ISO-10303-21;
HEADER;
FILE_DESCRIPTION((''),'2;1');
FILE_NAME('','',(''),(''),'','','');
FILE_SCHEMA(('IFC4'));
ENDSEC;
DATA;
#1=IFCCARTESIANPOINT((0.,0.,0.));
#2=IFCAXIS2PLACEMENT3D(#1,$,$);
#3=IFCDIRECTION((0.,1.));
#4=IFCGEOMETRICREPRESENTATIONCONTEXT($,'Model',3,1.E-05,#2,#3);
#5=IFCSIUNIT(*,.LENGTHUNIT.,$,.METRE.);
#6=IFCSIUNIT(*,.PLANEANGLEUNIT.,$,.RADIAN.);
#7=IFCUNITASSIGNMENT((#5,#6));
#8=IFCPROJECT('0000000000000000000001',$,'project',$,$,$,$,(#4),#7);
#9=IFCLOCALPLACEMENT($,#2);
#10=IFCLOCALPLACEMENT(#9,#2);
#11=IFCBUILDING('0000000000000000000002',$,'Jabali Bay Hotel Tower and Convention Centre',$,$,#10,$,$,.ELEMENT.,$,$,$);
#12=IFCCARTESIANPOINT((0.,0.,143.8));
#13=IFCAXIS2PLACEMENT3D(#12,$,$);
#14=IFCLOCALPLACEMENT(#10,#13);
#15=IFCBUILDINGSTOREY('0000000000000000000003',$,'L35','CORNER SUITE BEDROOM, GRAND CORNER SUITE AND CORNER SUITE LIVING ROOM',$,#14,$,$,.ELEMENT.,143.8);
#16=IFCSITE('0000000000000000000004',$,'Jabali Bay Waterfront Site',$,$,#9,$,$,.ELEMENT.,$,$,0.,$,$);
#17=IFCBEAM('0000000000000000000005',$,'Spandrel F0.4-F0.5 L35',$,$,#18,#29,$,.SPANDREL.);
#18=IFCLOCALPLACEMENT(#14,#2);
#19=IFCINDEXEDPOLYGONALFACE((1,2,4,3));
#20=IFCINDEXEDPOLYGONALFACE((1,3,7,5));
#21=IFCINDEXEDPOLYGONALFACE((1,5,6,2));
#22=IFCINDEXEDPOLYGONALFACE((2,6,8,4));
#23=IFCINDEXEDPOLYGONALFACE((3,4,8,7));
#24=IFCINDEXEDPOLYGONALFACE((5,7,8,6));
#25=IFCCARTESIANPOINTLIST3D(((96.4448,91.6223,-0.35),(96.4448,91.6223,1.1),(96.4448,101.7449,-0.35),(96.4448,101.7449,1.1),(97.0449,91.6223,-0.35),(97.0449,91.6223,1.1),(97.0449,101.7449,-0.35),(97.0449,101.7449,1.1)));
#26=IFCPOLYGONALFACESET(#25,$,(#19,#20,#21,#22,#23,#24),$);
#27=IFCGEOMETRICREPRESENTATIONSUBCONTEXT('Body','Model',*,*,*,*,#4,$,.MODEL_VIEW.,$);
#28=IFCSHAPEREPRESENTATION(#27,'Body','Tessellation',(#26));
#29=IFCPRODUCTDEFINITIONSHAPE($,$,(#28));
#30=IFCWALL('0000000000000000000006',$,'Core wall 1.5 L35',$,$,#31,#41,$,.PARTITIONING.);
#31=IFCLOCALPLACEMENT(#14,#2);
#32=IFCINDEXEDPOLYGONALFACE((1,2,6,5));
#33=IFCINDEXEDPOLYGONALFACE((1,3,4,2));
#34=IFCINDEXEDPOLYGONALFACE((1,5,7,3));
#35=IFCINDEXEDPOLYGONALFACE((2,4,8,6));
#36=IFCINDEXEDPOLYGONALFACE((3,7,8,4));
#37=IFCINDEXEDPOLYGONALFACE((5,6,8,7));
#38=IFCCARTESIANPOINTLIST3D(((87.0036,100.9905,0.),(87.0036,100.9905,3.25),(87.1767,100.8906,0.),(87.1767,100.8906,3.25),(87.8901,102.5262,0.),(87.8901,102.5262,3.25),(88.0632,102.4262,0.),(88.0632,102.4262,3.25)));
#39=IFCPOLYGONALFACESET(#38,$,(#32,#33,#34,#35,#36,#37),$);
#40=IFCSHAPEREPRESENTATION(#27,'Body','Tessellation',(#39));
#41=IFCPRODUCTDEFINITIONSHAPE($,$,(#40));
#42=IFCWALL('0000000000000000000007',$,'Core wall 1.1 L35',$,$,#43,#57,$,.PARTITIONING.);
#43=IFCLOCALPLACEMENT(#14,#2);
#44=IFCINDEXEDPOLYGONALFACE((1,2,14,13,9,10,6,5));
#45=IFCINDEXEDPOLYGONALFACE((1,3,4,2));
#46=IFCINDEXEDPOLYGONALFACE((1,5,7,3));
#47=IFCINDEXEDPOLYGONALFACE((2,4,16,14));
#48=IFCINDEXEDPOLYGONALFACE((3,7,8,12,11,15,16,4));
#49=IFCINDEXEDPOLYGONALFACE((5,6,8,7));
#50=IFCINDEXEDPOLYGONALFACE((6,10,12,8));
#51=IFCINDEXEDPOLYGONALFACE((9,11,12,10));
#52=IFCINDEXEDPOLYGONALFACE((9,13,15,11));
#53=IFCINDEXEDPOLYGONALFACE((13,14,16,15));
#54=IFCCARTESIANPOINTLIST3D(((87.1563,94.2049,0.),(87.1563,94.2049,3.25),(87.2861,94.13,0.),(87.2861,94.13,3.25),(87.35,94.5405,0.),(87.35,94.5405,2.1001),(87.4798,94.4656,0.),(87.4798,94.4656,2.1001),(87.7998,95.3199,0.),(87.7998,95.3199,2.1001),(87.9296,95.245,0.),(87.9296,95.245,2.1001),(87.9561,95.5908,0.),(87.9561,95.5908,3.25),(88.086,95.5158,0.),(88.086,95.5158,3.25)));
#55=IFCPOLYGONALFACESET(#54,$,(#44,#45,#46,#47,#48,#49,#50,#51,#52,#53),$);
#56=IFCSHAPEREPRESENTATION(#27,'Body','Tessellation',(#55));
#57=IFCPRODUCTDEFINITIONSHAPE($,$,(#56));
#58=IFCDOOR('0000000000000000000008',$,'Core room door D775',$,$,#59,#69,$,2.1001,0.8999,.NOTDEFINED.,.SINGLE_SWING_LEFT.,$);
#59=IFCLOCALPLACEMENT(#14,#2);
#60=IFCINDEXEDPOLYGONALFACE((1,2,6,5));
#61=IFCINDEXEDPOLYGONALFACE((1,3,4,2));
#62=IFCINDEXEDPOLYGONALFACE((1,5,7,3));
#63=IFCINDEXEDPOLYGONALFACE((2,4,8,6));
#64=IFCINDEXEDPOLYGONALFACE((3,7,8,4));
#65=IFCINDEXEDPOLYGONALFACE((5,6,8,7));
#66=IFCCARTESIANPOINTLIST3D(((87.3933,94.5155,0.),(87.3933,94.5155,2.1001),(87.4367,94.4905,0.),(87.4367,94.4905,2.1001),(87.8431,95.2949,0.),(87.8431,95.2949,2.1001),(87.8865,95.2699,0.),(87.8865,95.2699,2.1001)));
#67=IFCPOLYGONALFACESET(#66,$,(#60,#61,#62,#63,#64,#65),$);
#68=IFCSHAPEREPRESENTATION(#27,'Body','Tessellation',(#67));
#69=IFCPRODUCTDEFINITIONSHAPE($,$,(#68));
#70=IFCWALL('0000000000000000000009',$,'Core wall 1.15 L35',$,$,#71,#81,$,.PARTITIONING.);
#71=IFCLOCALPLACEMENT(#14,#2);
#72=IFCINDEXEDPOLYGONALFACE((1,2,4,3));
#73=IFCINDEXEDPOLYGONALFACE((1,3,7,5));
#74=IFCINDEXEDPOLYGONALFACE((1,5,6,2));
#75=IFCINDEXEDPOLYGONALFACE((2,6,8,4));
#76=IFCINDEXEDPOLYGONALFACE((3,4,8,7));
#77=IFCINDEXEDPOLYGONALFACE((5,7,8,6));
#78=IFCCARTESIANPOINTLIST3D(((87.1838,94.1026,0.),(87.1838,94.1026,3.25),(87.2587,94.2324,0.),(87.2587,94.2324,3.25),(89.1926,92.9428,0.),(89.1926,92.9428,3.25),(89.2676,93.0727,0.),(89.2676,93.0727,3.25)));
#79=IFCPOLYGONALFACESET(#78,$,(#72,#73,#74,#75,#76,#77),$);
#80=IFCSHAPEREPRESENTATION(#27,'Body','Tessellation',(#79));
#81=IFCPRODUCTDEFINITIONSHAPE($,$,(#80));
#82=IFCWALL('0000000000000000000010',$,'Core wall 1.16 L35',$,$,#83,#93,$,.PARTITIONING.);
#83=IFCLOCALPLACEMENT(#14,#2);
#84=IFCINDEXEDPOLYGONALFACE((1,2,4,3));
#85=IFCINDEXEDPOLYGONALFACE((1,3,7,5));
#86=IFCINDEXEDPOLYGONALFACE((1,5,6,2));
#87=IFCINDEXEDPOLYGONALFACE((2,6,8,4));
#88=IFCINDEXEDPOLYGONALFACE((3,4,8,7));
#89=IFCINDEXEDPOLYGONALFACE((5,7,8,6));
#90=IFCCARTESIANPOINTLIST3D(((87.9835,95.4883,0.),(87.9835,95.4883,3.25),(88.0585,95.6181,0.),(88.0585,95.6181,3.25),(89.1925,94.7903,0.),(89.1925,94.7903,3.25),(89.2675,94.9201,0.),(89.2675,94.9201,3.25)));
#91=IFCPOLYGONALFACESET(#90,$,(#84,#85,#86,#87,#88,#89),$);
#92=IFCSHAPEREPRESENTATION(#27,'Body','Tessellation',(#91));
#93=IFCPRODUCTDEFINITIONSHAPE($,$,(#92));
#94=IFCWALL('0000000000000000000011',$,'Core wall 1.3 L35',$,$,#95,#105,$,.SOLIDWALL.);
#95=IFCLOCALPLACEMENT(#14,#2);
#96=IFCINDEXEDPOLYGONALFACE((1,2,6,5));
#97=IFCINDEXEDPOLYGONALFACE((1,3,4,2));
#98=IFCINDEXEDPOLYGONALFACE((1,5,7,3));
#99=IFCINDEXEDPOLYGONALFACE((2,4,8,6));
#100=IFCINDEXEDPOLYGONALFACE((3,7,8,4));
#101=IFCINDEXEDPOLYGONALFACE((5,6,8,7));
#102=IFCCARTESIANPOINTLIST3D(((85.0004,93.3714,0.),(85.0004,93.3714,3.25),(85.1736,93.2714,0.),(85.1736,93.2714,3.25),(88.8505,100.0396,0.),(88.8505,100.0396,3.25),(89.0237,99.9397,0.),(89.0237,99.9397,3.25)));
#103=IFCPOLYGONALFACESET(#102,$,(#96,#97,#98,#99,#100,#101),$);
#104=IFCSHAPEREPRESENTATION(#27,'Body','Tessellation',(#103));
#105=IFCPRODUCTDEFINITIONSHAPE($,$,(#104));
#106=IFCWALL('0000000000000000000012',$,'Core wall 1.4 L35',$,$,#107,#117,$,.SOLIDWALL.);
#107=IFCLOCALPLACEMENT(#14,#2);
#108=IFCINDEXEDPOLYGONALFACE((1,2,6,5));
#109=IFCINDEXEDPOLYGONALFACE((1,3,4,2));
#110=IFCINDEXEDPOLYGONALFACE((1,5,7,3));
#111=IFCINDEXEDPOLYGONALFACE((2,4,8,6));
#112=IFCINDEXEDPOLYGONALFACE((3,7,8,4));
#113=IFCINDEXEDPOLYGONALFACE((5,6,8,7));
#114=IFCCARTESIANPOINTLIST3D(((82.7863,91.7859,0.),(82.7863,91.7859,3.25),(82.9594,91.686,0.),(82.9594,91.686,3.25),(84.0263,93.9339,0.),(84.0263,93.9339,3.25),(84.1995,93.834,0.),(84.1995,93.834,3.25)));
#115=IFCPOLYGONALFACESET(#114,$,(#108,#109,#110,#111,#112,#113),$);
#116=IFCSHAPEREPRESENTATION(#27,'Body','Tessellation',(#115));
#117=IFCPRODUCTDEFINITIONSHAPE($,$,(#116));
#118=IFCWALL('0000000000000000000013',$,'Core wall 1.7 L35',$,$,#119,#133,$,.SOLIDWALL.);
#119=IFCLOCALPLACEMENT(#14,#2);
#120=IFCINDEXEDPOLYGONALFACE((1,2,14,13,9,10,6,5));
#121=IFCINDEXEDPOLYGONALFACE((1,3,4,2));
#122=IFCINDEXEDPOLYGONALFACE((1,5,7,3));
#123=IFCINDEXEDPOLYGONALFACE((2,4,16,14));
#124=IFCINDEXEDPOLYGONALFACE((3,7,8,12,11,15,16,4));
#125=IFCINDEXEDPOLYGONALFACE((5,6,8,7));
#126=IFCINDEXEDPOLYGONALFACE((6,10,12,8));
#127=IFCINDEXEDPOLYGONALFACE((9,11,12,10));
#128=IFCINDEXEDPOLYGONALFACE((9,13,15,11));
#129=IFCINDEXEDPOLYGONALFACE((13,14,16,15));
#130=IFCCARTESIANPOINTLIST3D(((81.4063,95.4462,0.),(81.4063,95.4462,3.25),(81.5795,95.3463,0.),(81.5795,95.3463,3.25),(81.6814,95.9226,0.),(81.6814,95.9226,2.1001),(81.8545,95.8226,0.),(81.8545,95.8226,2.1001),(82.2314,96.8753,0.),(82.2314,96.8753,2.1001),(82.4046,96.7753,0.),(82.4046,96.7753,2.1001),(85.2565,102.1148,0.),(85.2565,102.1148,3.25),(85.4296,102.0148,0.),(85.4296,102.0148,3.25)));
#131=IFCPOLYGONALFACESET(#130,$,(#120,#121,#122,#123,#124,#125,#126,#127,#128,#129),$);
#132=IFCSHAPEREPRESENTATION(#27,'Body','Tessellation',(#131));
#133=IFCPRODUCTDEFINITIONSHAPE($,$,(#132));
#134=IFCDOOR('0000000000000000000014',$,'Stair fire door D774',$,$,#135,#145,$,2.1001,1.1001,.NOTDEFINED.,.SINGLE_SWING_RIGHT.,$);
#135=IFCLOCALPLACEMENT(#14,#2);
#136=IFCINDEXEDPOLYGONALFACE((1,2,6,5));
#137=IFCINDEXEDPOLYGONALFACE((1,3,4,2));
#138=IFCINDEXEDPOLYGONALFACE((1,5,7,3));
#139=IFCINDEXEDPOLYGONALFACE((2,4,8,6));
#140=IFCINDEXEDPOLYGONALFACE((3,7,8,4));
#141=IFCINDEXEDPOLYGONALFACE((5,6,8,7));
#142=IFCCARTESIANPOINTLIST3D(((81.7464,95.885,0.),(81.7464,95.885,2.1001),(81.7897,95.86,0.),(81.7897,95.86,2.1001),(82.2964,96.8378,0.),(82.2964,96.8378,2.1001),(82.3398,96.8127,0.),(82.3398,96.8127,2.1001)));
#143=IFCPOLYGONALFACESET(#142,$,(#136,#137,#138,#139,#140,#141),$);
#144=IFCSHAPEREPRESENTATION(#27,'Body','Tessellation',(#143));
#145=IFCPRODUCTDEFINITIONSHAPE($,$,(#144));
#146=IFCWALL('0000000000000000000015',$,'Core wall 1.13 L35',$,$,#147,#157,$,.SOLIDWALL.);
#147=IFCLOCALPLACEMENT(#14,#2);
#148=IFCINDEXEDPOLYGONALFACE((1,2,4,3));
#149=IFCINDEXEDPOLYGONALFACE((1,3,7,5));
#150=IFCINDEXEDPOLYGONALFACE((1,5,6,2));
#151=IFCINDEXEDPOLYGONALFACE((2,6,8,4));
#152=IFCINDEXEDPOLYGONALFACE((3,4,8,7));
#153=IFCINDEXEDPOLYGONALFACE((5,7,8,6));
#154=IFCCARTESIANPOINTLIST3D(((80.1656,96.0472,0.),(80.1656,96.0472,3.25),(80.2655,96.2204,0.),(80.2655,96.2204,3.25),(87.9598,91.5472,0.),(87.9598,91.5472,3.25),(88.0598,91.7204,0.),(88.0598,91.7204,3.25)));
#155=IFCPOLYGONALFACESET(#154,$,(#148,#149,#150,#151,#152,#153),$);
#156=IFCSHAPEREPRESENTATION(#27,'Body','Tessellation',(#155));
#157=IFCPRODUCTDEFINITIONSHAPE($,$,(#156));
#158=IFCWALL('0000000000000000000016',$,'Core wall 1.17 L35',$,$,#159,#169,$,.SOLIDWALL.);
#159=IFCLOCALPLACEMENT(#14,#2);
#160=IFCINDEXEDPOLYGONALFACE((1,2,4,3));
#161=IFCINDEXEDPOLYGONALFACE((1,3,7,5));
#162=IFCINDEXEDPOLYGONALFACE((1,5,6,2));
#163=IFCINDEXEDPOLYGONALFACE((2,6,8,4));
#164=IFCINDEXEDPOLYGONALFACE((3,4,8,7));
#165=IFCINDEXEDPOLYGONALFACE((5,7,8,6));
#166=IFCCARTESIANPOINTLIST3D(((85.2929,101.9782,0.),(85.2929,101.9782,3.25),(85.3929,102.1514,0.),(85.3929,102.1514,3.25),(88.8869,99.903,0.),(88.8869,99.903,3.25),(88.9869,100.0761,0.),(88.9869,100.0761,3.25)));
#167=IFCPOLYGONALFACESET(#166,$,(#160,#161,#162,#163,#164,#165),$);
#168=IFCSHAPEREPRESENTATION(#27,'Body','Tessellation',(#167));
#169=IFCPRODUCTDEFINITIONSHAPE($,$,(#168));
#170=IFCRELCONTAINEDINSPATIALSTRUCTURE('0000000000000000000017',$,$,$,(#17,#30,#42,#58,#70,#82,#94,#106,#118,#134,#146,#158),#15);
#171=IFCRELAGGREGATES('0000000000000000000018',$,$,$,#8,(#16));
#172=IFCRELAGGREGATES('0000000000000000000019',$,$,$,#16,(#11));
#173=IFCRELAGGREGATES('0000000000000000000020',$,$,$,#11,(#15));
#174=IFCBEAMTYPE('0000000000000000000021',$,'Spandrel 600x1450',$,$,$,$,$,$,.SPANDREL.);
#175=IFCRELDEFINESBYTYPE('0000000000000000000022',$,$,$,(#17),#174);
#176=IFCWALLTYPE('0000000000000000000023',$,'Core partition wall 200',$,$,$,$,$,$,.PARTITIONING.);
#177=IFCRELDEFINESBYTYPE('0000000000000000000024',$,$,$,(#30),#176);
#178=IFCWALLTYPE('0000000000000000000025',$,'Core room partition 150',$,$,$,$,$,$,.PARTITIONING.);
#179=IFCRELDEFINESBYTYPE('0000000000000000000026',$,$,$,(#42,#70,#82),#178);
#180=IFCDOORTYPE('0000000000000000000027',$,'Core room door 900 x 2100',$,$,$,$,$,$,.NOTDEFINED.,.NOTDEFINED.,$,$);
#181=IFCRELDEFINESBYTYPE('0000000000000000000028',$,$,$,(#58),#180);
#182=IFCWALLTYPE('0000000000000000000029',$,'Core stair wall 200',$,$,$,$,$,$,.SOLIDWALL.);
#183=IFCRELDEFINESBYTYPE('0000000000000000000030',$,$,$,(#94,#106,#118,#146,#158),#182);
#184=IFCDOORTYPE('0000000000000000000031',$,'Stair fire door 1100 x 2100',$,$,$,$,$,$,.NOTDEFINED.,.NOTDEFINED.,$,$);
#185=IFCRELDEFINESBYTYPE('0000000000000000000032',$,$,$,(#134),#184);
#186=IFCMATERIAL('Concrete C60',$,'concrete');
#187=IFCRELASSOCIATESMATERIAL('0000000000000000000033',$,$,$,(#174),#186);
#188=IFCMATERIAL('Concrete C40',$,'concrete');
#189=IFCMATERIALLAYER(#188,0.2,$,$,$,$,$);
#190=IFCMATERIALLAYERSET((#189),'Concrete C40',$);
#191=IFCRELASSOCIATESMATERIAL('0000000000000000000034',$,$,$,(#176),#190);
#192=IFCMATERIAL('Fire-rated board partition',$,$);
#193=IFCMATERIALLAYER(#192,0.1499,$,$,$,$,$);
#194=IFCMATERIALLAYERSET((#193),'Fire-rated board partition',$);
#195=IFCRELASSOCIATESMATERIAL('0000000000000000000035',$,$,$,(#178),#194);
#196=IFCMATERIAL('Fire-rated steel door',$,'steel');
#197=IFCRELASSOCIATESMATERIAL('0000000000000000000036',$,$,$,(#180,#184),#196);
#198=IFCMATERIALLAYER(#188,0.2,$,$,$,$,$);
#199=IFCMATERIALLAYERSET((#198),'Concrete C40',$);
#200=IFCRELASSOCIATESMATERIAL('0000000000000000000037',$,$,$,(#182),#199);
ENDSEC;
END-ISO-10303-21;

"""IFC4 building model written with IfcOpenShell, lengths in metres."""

from ifc_helpers import new_model, si_unit, direction, frame, frame_2d, origin, origin_2d, place, context, subcontext, project, spatial, rectangle, extrude, material, layer, layer_set, material_profile, profile_set, type_object, element, fill, save


model = new_model("IFC4")

# Units and contexts
model_context = context("Model", 3, precision=1e-05, world=origin(), true_north=direction((0.0, 1.0)))
body_context = subcontext(model_context, "Body", "Model", "MODEL_VIEW")
ifc_project = project(units=[si_unit("LENGTHUNIT", "METRE"), si_unit("PLANEANGLEUNIT", "RADIAN")], contexts=[model_context])

# Site, building, storey
site_placement = place(None, origin())
site = spatial("IfcSite", under=ifc_project, at=site_placement, Name="Jabali Bay Waterfront Site", CompositionType="ELEMENT", RefElevation=0.0)
building_placement = place(site_placement, origin())
building = spatial("IfcBuilding", under=site, at=building_placement, Name="Jabali Bay Hotel Tower and Convention Centre", CompositionType="ELEMENT")
storey_placement = place(building_placement, frame((0.0, 0.0, 143.8)))
storey = spatial("IfcBuildingStorey", under=building, at=storey_placement, Name="L35", Description="CORNER SUITE BEDROOM, GRAND CORNER SUITE AND CORNER SUITE LIVING ROOM", CompositionType="ELEMENT", Elevation=143.8)

# Beam
ifc_material_1 = material(Name="Concrete C60", Category="concrete")
ifc_material_profile = material_profile(ifc_material_1, rectangle(XDim=0.6001, YDim=1.45, at=origin_2d()), Name="Spandrel 600x1450")
ifc_profile_set = profile_set([ifc_material_profile], Name="Concrete C60")
beam_type = type_object("IfcBeamType", Name="Spandrel 600x1450", PredefinedType="SPANDREL", material=ifc_profile_set)
beam_placement = place(storey_placement, frame((96.7449, 91.6223, 0.375), z_axis=(0.0, 1.0, 0.0), x_axis=(-1.0, 0.0, 0.0)))
element("IfcBeam", 1, at=beam_placement, inside=storey, type_object=beam_type, Name="Spandrel F0.4-F0.5 L35", PredefinedType="SPANDREL", context=body_context, shape_type="SweptSolid", body=[
    extrude(rectangle(XDim=0.6001, YDim=1.45, at=origin_2d()), origin(), (0.0, 0.0, 1.0), 10.1226),
])

# Wall
ifc_material_2 = material(Name="Concrete C40", Category="concrete")
ifc_layer_1 = layer(ifc_material_2, 0.2)
ifc_layer_set_1 = layer_set([ifc_layer_1], Name="Concrete C40")
wall_type_1 = type_object("IfcWallType", Name="Core partition wall 200", PredefinedType="PARTITIONING", material=ifc_layer_set_1)
wall_1_placement = place(storey_placement, frame((87.0901, 100.9404, 0.0), z_axis=(0.0, 0.0, 1.0), x_axis=(0.499945, 0.866057, 0.0)))
element("IfcWall", 2, at=wall_1_placement, inside=storey, type_object=wall_type_1, Name="Core wall 1.5 L35", PredefinedType="PARTITIONING", context=body_context, shape_type="SweptSolid", body=[
    extrude(rectangle(XDim=1.7732, YDim=0.2, at=frame_2d((0.8867, 0.0))), origin(), (0.0, 0.0, 1.0), 3.25),
])

# Wall, opening, door
ifc_material_3 = material(Name="Fire-rated board partition")
ifc_layer_2 = layer(ifc_material_3, 0.1499)
ifc_layer_set_2 = layer_set([ifc_layer_2], Name="Fire-rated board partition")
wall_type_2 = type_object("IfcWallType", Name="Core room partition 150", PredefinedType="PARTITIONING", material=ifc_layer_set_2)
wall_2_placement = place(storey_placement, frame((87.2212, 94.1675, 0.0), z_axis=(0.0, 0.0, 1.0), x_axis=(0.499881, 0.866094, 0.0)))
wall_2 = element("IfcWall", 3, at=wall_2_placement, inside=storey, type_object=wall_type_2, Name="Core wall 1.1 L35", PredefinedType="PARTITIONING", context=body_context, shape_type="SweptSolid", body=[
    extrude(rectangle(XDim=1.6001, YDim=0.1499, at=frame_2d((0.8, 0.0))), origin(), (0.0, 0.0, 1.0), 3.25),
])
opening_1_placement = place(wall_2_placement, frame((0.3875, 0.0, 0.0)))
opening_1 = element("IfcOpeningElement", 4, at=opening_1_placement, cuts=wall_2, PredefinedType="OPENING", context=body_context, shape_type="SweptSolid", body=[
    extrude(rectangle(XDim=0.8999, YDim=2.1001, at=frame_2d((0.45, 1.05))), frame((0.0, 0.0854, 0.0), z_axis=(0.0, -1.0, 0.0), x_axis=(1.0, 0.0, 0.0)), (0.0, 0.0, 1.0), 0.1709),
])
ifc_material_4 = material(Name="Fire-rated steel door", Category="steel")
door_type_1 = type_object("IfcDoorType", Name="Core room door 900 x 2100", OperationType="NOTDEFINED", PredefinedType="NOTDEFINED", material=ifc_material_4)
door_1_placement = place(opening_1_placement, origin())
door_1 = element("IfcDoor", 5, at=door_1_placement, inside=storey, type_object=door_type_1, Name="Core room door D775", OperationType="SINGLE_SWING_LEFT", OverallHeight=2.1001, OverallWidth=0.8999, PredefinedType="NOTDEFINED", context=body_context, shape_type="SweptSolid", body=[
    extrude(rectangle(XDim=0.8999, YDim=2.1001, at=frame_2d((0.45, 1.05))), frame((0.0, 0.0249, 0.0), z_axis=(0.0, -1.0, 0.0), x_axis=(1.0, 0.0, 0.0)), (0.0, 0.0, 1.0), 0.05),
])
fill(opening_1, door_1)

# Walls
wall_3_placement = place(storey_placement, frame((89.23, 93.0078, 0.0), z_axis=(0.0, 0.0, 1.0), x_axis=(-0.866045, 0.499965, 0.0)))
element("IfcWall", 6, at=wall_3_placement, inside=storey, type_object=wall_type_2, Name="Core wall 1.15 L35", PredefinedType="PARTITIONING", context=body_context, shape_type="SweptSolid", body=[
    extrude(rectangle(XDim=2.3196, YDim=0.1499, at=frame_2d((1.1597, 0.0))), origin(), (0.0, 0.0, 1.0), 3.25),
])
wall_4_placement = place(storey_placement, frame((89.23, 94.8552, 0.0), z_axis=(0.0, 0.0, 1.0), x_axis=(-0.866028, 0.499995, 0.0)))
element("IfcWall", 7, at=wall_4_placement, inside=storey, type_object=wall_type_2, Name="Core wall 1.16 L35", PredefinedType="PARTITIONING", context=body_context, shape_type="SweptSolid", body=[
    extrude(rectangle(XDim=1.396, YDim=0.1499, at=frame_2d((0.698, 0.0))), origin(), (0.0, 0.0, 1.0), 3.25),
])
ifc_layer_3 = layer(ifc_material_2, 0.2)
ifc_layer_set_3 = layer_set([ifc_layer_3], Name="Concrete C40")
wall_type_3 = type_object("IfcWallType", Name="Core stair wall 200", PredefinedType="SOLIDWALL", material=ifc_layer_set_3)
wall_5_placement = place(storey_placement, frame((85.0869, 93.3213, 0.0), z_axis=(0.0, 0.0, 1.0), x_axis=(0.50002, 0.866014, 0.0)))
element("IfcWall", 8, at=wall_5_placement, inside=storey, type_object=wall_type_3, Name="Core wall 1.3 L35", PredefinedType="SOLIDWALL", context=body_context, shape_type="SweptSolid", body=[
    extrude(rectangle(XDim=7.7, YDim=0.2, at=frame_2d((3.8501, 0.0))), origin(), (0.0, 0.0, 1.0), 3.25),
])
wall_6_placement = place(storey_placement, frame((82.8728, 91.7358, 0.0), z_axis=(0.0, 0.0, 1.0), x_axis=(0.499961, 0.866048, 0.0)))
element("IfcWall", 9, at=wall_6_placement, inside=storey, type_object=wall_type_3, Name="Core wall 1.4 L35", PredefinedType="SOLIDWALL", context=body_context, shape_type="SweptSolid", body=[
    extrude(rectangle(XDim=2.4802, YDim=0.2, at=frame_2d((1.2402, 0.0))), origin(), (0.0, 0.0, 1.0), 3.25),
])

# Wall, opening, door
wall_7_placement = place(storey_placement, frame((81.4929, 95.3962, 0.0), z_axis=(0.0, 0.0, 1.0), x_axis=(0.500006, 0.866022, 0.0)))
wall_7 = element("IfcWall", 10, at=wall_7_placement, inside=storey, type_object=wall_type_3, Name="Core wall 1.7 L35", PredefinedType="SOLIDWALL", context=body_context, shape_type="SweptSolid", body=[
    extrude(rectangle(XDim=7.7002, YDim=0.2, at=frame_2d((3.8501, 0.0))), origin(), (0.0, 0.0, 1.0), 3.25),
])
opening_2_placement = place(wall_7_placement, frame((0.55, 0.0, 0.0)))
opening_2 = element("IfcOpeningElement", 11, at=opening_2_placement, cuts=wall_7, PredefinedType="OPENING", context=body_context, shape_type="SweptSolid", body=[
    extrude(rectangle(XDim=1.1001, YDim=2.1001, at=frame_2d((0.55, 1.05))), frame((0.0, 0.1104, 0.0), z_axis=(0.0, -1.0, 0.0), x_axis=(1.0, 0.0, 0.0)), (0.0, 0.0, 1.0), 0.2209),
])
door_type_2 = type_object("IfcDoorType", Name="Stair fire door 1100 x 2100", OperationType="NOTDEFINED", PredefinedType="NOTDEFINED", material=ifc_material_4)
door_2_placement = place(opening_2_placement, origin())
door_2 = element("IfcDoor", 12, at=door_2_placement, inside=storey, type_object=door_type_2, Name="Stair fire door D774", OperationType="SINGLE_SWING_RIGHT", OverallHeight=2.1001, OverallWidth=1.1001, PredefinedType="NOTDEFINED", context=body_context, shape_type="SweptSolid", body=[
    extrude(rectangle(XDim=1.1001, YDim=2.1001, at=frame_2d((0.55, 1.05))), frame((0.0, 0.0249, 0.0), z_axis=(0.0, -1.0, 0.0), x_axis=(1.0, 0.0, 0.0)), (0.0, 0.0, 1.0), 0.05),
])
fill(opening_2, door_2)

# Walls
wall_8_placement = place(storey_placement, frame((88.0098, 91.6338, 0.0), z_axis=(0.0, 0.0, 1.0), x_axis=(-0.866024, 0.500002, 0.0)))
element("IfcWall", 13, at=wall_8_placement, inside=storey, type_object=wall_type_3, Name="Core wall 1.13 L35", PredefinedType="SOLIDWALL", context=body_context, shape_type="SweptSolid", body=[
    extrude(rectangle(XDim=9.0, YDim=0.2, at=frame_2d((4.5, 0.0))), origin(), (0.0, 0.0, 1.0), 3.25),
])
wall_9_placement = place(storey_placement, frame((88.937, 99.9895, 0.0), z_axis=(0.0, 0.0, 1.0), x_axis=(-0.866004, 0.500036, 0.0)))
element("IfcWall", 14, at=wall_9_placement, inside=storey, type_object=wall_type_3, Name="Core wall 1.17 L35", PredefinedType="SOLIDWALL", context=body_context, shape_type="SweptSolid", body=[
    extrude(rectangle(XDim=4.1501, YDim=0.2, at=frame_2d((2.0752, 0.0))), origin(), (0.0, 0.0, 1.0), 3.25),
])

save(model, "model.ifc")
